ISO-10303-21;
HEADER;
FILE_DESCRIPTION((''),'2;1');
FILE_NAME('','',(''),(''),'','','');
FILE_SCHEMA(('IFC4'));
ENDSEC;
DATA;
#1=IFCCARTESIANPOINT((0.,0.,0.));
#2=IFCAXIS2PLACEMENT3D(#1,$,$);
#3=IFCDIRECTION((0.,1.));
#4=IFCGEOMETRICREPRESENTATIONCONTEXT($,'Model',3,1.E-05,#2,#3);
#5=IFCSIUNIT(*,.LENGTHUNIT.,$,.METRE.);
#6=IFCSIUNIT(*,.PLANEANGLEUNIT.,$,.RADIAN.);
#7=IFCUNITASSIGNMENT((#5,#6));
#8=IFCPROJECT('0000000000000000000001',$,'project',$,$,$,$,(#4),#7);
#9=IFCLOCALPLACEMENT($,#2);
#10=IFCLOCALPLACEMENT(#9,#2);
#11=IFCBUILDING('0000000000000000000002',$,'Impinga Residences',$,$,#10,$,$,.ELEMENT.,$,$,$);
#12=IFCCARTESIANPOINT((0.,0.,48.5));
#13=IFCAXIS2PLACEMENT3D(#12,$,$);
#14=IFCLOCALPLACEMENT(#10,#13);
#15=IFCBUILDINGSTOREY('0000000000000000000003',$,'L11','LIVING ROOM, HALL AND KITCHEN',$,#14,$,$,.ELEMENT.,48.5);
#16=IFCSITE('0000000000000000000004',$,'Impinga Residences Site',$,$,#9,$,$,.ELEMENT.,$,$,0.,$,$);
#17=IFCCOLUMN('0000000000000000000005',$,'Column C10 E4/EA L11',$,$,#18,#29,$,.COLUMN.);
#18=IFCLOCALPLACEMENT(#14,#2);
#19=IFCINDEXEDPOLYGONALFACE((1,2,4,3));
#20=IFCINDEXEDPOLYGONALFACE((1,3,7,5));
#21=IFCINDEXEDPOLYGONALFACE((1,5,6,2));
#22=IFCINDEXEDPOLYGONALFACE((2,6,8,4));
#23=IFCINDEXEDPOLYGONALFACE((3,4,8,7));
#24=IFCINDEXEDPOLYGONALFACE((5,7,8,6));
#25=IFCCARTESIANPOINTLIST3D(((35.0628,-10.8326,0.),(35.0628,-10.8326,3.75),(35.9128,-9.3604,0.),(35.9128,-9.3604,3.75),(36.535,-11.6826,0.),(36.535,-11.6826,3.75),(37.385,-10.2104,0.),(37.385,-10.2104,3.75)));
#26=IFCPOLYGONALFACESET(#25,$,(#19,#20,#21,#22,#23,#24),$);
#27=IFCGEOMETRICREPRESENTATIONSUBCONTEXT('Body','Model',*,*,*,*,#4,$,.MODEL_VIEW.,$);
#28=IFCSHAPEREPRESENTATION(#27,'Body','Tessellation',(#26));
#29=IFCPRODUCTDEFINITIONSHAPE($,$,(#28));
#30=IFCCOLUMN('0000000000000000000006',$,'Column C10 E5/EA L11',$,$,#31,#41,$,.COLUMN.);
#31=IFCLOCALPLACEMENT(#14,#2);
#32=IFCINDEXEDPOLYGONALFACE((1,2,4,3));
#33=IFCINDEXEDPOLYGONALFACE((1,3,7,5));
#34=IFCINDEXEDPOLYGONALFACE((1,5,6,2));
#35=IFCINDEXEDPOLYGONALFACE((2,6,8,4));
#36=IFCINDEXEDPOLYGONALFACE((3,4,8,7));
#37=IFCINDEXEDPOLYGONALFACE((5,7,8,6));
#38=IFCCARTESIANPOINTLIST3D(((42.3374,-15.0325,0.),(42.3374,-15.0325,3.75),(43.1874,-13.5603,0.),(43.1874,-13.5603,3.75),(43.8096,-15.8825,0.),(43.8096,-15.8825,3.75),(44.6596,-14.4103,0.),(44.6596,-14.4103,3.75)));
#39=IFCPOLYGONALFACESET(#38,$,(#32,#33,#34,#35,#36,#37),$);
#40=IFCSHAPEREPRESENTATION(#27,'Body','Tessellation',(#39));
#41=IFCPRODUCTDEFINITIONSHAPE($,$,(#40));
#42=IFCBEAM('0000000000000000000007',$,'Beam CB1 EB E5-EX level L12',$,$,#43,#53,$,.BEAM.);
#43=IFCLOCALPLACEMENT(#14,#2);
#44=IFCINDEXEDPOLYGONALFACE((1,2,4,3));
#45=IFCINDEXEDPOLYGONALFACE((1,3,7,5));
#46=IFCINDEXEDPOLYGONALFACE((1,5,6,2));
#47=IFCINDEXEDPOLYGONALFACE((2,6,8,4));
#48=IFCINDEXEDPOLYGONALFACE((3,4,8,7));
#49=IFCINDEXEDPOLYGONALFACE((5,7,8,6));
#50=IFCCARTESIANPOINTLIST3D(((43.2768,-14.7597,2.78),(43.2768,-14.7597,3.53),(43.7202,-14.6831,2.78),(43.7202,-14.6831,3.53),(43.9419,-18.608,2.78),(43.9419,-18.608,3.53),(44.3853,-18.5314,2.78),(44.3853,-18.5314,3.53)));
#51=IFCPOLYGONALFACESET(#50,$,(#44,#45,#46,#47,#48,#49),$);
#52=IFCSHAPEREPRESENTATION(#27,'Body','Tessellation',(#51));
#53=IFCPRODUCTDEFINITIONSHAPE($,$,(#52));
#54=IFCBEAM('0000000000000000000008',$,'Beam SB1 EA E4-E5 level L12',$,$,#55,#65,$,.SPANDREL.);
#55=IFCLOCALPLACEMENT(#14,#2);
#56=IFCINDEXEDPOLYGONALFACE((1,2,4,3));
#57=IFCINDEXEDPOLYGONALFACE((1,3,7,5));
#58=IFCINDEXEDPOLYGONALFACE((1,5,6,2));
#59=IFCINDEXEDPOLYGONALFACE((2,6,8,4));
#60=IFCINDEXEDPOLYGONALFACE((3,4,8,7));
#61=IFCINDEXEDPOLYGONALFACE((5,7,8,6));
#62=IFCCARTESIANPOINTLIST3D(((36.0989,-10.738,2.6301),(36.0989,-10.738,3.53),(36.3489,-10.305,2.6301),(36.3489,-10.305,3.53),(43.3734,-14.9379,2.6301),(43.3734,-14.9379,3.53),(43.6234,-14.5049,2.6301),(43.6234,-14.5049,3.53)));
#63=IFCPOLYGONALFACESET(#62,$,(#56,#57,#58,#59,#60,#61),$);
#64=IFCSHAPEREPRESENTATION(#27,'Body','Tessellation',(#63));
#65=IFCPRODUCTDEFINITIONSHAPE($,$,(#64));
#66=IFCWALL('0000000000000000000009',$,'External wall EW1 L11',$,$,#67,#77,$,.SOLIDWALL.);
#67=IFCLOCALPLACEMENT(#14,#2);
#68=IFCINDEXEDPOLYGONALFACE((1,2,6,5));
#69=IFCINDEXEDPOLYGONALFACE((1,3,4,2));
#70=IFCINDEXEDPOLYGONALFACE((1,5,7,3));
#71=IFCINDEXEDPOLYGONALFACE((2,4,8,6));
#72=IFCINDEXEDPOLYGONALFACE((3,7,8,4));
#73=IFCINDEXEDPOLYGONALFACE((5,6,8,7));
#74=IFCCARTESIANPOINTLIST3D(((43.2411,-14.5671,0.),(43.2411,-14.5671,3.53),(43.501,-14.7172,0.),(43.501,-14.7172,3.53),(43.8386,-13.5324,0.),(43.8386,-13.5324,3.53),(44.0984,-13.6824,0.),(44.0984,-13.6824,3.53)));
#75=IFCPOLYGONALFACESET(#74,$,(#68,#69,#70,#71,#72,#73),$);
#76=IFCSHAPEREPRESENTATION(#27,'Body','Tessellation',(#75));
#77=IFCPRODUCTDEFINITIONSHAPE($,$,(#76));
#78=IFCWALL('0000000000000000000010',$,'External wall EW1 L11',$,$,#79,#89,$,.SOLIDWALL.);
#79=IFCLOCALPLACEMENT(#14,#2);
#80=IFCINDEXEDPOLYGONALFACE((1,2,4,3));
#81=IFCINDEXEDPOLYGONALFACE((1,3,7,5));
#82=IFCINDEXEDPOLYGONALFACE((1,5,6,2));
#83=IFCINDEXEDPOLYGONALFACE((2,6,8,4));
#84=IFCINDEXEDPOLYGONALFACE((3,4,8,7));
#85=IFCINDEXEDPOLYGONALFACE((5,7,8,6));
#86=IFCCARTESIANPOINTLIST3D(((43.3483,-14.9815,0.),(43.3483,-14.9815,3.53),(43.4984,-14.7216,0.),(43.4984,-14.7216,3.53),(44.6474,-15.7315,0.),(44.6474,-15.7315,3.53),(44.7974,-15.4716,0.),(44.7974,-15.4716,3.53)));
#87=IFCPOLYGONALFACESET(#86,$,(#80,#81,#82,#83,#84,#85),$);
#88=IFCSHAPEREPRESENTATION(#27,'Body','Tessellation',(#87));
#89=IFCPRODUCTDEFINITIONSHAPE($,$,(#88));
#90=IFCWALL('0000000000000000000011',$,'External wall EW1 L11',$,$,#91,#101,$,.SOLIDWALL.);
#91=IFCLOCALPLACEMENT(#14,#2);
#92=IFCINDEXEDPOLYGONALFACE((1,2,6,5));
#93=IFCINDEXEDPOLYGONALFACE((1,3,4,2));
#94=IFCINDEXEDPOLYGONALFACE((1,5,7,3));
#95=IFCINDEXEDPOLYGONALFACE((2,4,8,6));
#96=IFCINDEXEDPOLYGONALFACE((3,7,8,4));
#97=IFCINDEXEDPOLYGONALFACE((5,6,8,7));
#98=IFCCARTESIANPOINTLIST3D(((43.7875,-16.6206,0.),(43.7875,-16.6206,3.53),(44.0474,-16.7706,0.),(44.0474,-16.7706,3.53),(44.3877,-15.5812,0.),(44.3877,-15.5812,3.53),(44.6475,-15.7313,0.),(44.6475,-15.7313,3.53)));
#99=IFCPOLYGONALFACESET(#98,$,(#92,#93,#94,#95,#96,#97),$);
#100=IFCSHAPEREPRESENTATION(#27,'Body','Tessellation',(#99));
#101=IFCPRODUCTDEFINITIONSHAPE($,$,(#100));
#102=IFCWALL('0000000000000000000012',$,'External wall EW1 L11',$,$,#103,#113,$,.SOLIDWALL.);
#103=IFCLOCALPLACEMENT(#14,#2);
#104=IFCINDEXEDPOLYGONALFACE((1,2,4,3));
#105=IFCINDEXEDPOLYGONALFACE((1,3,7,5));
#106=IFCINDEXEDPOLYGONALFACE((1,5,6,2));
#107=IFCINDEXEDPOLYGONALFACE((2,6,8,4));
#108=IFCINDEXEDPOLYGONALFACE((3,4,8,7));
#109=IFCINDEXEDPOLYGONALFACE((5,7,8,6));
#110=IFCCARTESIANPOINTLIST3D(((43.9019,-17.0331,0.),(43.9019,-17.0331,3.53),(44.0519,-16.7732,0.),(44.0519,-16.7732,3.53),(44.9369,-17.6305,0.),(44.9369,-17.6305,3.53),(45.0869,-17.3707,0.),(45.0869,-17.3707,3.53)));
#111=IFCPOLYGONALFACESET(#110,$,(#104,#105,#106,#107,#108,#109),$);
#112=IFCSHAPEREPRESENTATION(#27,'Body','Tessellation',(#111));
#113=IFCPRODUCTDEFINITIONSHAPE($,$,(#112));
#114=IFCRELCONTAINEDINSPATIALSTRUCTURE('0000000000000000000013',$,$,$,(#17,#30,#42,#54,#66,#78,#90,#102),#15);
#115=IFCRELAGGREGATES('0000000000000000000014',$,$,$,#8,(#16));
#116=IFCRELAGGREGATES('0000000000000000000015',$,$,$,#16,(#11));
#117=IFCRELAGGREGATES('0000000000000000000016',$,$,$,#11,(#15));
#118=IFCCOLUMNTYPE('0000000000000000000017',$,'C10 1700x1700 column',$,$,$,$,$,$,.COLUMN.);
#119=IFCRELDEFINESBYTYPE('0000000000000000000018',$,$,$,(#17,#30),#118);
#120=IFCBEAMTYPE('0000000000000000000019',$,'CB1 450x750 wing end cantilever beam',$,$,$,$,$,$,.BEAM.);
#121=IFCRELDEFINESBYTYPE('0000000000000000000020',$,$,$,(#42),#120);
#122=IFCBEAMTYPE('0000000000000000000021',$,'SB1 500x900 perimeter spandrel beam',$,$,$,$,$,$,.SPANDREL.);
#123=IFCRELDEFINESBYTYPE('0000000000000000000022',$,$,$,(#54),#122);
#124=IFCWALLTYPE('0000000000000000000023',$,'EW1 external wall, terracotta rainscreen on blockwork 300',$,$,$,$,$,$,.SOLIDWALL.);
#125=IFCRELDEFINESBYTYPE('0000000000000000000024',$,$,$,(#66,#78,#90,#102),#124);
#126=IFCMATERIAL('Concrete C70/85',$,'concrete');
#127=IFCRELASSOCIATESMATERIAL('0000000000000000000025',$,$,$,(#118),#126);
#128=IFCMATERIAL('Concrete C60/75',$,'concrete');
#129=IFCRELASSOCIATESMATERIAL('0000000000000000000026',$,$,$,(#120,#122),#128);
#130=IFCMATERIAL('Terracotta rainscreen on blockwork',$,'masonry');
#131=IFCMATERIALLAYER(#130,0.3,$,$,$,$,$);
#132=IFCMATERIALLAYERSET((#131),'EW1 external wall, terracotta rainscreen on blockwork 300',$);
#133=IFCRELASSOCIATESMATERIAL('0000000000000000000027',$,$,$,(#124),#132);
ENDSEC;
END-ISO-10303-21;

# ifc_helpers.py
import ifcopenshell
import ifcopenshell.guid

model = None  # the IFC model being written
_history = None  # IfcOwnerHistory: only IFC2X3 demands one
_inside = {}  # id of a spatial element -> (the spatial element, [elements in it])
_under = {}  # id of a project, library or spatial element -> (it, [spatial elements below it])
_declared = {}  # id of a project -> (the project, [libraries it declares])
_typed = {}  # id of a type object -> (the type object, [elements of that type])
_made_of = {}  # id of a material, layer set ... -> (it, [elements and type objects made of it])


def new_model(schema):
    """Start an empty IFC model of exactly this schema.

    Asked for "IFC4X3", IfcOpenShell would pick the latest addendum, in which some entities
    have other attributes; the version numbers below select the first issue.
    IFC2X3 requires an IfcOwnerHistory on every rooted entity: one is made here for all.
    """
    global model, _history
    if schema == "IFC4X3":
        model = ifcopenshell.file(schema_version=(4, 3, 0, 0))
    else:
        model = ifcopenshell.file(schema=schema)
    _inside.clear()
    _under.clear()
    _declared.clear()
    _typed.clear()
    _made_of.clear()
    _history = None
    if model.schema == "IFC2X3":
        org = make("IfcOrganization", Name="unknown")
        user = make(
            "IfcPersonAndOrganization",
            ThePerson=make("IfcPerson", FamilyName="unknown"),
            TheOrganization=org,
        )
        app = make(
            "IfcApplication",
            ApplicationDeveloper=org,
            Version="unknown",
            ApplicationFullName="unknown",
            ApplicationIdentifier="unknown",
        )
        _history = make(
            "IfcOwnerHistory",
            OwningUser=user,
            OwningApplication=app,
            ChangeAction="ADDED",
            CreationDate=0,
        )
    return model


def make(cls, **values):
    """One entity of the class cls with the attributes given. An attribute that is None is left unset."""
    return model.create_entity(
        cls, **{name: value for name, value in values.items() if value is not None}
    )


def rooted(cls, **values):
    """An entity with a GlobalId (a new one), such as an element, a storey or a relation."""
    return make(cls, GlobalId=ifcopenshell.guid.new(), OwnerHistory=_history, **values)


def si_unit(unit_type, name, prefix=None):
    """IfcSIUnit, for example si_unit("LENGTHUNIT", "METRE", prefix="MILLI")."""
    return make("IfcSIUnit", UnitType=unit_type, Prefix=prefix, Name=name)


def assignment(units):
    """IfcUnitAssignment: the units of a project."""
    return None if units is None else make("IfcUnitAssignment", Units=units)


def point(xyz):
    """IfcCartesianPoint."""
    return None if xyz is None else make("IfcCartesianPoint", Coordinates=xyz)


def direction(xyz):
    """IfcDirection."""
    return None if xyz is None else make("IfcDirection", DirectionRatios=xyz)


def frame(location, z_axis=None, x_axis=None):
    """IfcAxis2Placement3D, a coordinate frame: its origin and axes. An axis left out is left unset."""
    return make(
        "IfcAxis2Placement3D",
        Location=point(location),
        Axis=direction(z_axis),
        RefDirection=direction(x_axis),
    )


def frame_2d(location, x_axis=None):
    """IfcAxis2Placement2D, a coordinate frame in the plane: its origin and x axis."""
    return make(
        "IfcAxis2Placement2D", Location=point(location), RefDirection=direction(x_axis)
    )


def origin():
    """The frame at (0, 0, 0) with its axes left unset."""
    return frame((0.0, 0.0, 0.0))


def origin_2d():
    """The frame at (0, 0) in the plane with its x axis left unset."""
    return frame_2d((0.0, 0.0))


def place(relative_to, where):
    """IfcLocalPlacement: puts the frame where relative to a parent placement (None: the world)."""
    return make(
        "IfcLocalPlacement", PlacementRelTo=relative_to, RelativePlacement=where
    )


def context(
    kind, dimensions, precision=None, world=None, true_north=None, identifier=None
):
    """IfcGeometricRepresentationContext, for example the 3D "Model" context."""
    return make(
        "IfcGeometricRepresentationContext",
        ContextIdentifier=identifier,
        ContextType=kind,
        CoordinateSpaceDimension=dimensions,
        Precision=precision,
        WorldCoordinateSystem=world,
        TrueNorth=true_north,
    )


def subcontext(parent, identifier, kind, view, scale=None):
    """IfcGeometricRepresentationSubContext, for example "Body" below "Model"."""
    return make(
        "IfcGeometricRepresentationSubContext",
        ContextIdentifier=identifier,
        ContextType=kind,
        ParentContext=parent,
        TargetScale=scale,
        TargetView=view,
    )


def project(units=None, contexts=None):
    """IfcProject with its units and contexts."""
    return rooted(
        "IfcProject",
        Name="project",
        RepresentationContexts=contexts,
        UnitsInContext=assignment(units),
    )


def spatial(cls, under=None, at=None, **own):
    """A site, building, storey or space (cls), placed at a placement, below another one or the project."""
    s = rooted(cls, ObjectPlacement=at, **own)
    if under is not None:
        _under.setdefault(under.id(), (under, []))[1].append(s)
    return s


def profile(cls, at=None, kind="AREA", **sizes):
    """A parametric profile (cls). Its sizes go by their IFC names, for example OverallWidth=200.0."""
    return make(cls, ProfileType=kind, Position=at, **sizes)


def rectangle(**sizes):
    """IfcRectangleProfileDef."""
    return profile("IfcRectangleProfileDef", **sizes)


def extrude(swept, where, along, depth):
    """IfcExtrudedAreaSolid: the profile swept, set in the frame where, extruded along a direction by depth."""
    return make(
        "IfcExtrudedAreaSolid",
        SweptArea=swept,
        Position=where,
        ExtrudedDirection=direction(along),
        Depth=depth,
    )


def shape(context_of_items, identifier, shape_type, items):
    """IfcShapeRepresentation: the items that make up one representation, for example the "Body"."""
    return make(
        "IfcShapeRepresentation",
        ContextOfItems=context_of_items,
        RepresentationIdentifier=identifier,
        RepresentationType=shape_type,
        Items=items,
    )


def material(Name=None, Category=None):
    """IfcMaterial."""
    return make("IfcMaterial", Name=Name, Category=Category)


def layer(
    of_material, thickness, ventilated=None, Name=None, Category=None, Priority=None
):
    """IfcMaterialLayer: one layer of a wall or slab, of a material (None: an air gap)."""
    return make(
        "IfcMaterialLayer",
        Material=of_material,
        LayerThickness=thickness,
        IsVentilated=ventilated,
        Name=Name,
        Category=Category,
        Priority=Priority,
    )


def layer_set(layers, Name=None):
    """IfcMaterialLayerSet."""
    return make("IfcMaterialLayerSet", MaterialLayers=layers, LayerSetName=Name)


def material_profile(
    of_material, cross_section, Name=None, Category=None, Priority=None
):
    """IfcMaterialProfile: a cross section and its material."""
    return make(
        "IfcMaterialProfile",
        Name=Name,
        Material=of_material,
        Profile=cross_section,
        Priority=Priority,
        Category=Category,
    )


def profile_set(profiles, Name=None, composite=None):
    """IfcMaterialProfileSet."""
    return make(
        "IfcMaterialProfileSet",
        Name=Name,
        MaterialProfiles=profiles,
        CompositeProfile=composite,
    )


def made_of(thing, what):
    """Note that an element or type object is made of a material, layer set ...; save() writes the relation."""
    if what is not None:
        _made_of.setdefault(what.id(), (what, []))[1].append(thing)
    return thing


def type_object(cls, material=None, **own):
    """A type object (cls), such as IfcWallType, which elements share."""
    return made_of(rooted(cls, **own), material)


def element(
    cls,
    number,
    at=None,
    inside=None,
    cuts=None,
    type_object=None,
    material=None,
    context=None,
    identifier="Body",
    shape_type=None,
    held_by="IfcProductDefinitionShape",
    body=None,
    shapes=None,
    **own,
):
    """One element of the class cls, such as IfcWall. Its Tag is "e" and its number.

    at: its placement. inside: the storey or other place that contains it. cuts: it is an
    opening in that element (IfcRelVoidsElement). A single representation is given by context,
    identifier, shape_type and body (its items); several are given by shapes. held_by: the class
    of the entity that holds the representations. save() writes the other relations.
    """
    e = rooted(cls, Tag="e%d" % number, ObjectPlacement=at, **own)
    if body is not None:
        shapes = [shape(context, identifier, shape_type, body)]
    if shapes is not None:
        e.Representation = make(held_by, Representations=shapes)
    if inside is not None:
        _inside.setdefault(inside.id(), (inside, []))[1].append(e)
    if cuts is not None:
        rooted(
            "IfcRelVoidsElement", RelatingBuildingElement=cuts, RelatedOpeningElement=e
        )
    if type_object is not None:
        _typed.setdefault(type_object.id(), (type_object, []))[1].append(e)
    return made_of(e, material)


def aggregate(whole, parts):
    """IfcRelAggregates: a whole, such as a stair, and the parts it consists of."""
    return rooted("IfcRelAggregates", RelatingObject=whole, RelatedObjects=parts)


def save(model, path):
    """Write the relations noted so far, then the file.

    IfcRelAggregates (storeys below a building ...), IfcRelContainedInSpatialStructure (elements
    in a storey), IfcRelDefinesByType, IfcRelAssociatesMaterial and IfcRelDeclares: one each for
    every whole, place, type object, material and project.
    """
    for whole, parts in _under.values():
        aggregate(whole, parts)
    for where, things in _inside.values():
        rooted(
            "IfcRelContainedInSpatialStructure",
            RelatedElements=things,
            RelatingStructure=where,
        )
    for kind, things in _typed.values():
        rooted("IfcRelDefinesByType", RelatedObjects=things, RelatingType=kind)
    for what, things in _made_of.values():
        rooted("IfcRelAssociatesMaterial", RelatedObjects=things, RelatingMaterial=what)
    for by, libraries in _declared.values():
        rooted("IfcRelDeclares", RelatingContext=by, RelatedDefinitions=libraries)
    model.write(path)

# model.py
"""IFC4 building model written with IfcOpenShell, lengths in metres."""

from ifc_helpers import new_model, si_unit, direction, frame, frame_2d, origin, origin_2d, place, context, subcontext, project, spatial, rectangle, extrude, material, layer, layer_set, material_profile, profile_set, type_object, element, save


model = new_model("IFC4")

# Units and contexts
model_context = context("Model", 3, precision=1e-05, world=origin(), true_north=direction((0.0, 1.0)))
body_context = subcontext(model_context, "Body", "Model", "MODEL_VIEW")
ifc_project = project(units=[si_unit("LENGTHUNIT", "METRE"), si_unit("PLANEANGLEUNIT", "RADIAN")], contexts=[model_context])

# Site, building, storey
site_placement = place(None, origin())
site = spatial("IfcSite", under=ifc_project, at=site_placement, Name="Impinga Residences Site", CompositionType="ELEMENT", RefElevation=0.0)
building_placement = place(site_placement, origin())
building = spatial("IfcBuilding", under=site, at=building_placement, Name="Impinga Residences", CompositionType="ELEMENT")
storey_placement = place(building_placement, frame((0.0, 0.0, 48.5)))
storey = spatial("IfcBuildingStorey", under=building, at=storey_placement, Name="L11", Description="LIVING ROOM, HALL AND KITCHEN", CompositionType="ELEMENT", Elevation=48.5)

# Columns
ifc_material_1 = material(Name="Concrete C70/85", Category="concrete")
ifc_material_profile_1 = material_profile(ifc_material_1, rectangle(XDim=1.7, YDim=1.7, at=origin_2d()), Name="RC 1700x1700")
ifc_profile_set_1 = profile_set([ifc_material_profile_1], Name="Concrete C70/85")
column_type = type_object("IfcColumnType", Name="C10 1700x1700 column", PredefinedType="COLUMN", material=ifc_profile_set_1)
for number, where, z_axis, x_axis, name in (
    (1, (36.2239, -10.5215, 0.0), (0.0, 0.0, 1.0), (-0.5, -0.866025, 0.0), "Column C10 E4/EA L11"),
    (2, (43.4985, -14.7214, 0.0), (0.0, 0.0, 1.0), (-0.5, -0.866025, 0.0), "Column C10 E5/EA L11"),
):
    element("IfcColumn", number, at=place(storey_placement, frame(where, z_axis=z_axis, x_axis=x_axis)), inside=storey, type_object=column_type, Name=name, PredefinedType="COLUMN", context=body_context, shape_type="SweptSolid", body=[
        extrude(rectangle(XDim=1.7, YDim=1.7, at=origin_2d()), origin(), (0.0, 0.0, 1.0), 3.75),
    ])

# Beams
ifc_material_2 = material(Name="Concrete C60/75", Category="concrete")
ifc_material_profile_2 = material_profile(ifc_material_2, rectangle(XDim=0.45, YDim=0.75, at=origin_2d()), Name="RC 450x750")
ifc_profile_set_2 = profile_set([ifc_material_profile_2], Name="Concrete C60/75")
beam_type_1 = type_object("IfcBeamType", Name="CB1 450x750 wing end cantilever beam", PredefinedType="BEAM", material=ifc_profile_set_2)
beam_1_placement = place(storey_placement, frame((43.4985, -14.7214, 3.155), z_axis=(0.170296, -0.985393, 0.0), x_axis=(0.985393, 0.170296, 0.0)))
element("IfcBeam", 3, at=beam_1_placement, inside=storey, type_object=beam_type_1, Name="Beam CB1 EB E5-EX level L12", PredefinedType="BEAM", context=body_context, shape_type="SweptSolid", body=[
    extrude(rectangle(XDim=0.45, YDim=0.75, at=origin_2d()), origin(), (0.0, 0.0, 1.0), 3.9053),
])
ifc_material_profile_3 = material_profile(ifc_material_2, rectangle(XDim=0.5, YDim=0.8999, at=origin_2d()), Name="RC 500x900")
ifc_profile_set_3 = profile_set([ifc_material_profile_3], Name="Concrete C60/75")
beam_type_2 = type_object("IfcBeamType", Name="SB1 500x900 perimeter spandrel beam", PredefinedType="SPANDREL", material=ifc_profile_set_3)
beam_2_placement = place(storey_placement, frame((36.2239, -10.5215, 3.0801), z_axis=(0.866029, -0.499993, 0.0), x_axis=(0.499993, 0.866029, 0.0)))
element("IfcBeam", 4, at=beam_2_placement, inside=storey, type_object=beam_type_2, Name="Beam SB1 EA E4-E5 level L12", PredefinedType="SPANDREL", context=body_context, shape_type="SweptSolid", body=[
    extrude(rectangle(XDim=0.5, YDim=0.8999, at=origin_2d()), origin(), (0.0, 0.0, 1.0), 8.3999),
])

# Walls
ifc_material_3 = material(Name="Terracotta rainscreen on blockwork", Category="masonry")
ifc_layer_1 = layer(ifc_material_3, 0.3)
ifc_layer_set_1 = layer_set([ifc_layer_1], Name="EW1 external wall, terracotta rainscreen on blockwork 300")
wall_type_1 = type_object("IfcWallType", Name="EW1 external wall, terracotta rainscreen on blockwork 300", PredefinedType="SOLIDWALL", material=ifc_layer_set_1)
wall_1_placement = place(storey_placement, frame((43.9685, -13.6074, 0.0), z_axis=(0.0, 0.0, 1.0), x_axis=(-0.500029, -0.866009, 0.0)))
element("IfcWall", 5, at=wall_1_placement, inside=storey, type_object=wall_type_1, Name="External wall EW1 L11", PredefinedType="SOLIDWALL", context=body_context, shape_type="SweptSolid", body=[
    extrude(rectangle(XDim=1.1948, YDim=0.3, at=frame_2d((0.5974, 0.0))), origin(), (0.0, 0.0, 1.0), 3.53),
])
wall_2_placement = place(storey_placement, frame((43.4233, -14.8516, 0.0), z_axis=(0.0, 0.0, 1.0), x_axis=(0.866031, -0.49999, 0.0)))
element("IfcWall", 6, at=wall_2_placement, inside=storey, type_object=wall_type_1, Name="External wall EW1 L11", PredefinedType="SOLIDWALL", context=body_context, shape_type="SweptSolid", body=[
    extrude(rectangle(XDim=1.5, YDim=0.3, at=frame_2d((0.75, 0.0))), origin(), (0.0, 0.0, 1.0), 3.53),
])
wall_3_placement = place(storey_placement, frame((44.5176, -15.6562, 0.0), z_axis=(0.0, 0.0, 1.0), x_axis=(-0.500034, -0.866006, 0.0)))
element("IfcWall", 7, at=wall_3_placement, inside=storey, type_object=wall_type_1, Name="External wall EW1 L11", PredefinedType="SOLIDWALL", context=body_context, shape_type="SweptSolid", body=[
    extrude(rectangle(XDim=1.2002, YDim=0.3, at=frame_2d((0.6001, 0.0))), origin(), (0.0, 0.0, 1.0), 3.53),
])
wall_4_placement = place(storey_placement, frame((43.9768, -16.9031, 0.0), z_axis=(0.0, 0.0, 1.0), x_axis=(0.86606, -0.499941, 0.0)))
element("IfcWall", 8, at=wall_4_placement, inside=storey, type_object=wall_type_1, Name="External wall EW1 L11", PredefinedType="SOLIDWALL", context=body_context, shape_type="SweptSolid", body=[
    extrude(rectangle(XDim=1.1951, YDim=0.3, at=frame_2d((0.5977, 0.0))), origin(), (0.0, 0.0, 1.0), 3.53),
])

save(model, "model.ifc")
